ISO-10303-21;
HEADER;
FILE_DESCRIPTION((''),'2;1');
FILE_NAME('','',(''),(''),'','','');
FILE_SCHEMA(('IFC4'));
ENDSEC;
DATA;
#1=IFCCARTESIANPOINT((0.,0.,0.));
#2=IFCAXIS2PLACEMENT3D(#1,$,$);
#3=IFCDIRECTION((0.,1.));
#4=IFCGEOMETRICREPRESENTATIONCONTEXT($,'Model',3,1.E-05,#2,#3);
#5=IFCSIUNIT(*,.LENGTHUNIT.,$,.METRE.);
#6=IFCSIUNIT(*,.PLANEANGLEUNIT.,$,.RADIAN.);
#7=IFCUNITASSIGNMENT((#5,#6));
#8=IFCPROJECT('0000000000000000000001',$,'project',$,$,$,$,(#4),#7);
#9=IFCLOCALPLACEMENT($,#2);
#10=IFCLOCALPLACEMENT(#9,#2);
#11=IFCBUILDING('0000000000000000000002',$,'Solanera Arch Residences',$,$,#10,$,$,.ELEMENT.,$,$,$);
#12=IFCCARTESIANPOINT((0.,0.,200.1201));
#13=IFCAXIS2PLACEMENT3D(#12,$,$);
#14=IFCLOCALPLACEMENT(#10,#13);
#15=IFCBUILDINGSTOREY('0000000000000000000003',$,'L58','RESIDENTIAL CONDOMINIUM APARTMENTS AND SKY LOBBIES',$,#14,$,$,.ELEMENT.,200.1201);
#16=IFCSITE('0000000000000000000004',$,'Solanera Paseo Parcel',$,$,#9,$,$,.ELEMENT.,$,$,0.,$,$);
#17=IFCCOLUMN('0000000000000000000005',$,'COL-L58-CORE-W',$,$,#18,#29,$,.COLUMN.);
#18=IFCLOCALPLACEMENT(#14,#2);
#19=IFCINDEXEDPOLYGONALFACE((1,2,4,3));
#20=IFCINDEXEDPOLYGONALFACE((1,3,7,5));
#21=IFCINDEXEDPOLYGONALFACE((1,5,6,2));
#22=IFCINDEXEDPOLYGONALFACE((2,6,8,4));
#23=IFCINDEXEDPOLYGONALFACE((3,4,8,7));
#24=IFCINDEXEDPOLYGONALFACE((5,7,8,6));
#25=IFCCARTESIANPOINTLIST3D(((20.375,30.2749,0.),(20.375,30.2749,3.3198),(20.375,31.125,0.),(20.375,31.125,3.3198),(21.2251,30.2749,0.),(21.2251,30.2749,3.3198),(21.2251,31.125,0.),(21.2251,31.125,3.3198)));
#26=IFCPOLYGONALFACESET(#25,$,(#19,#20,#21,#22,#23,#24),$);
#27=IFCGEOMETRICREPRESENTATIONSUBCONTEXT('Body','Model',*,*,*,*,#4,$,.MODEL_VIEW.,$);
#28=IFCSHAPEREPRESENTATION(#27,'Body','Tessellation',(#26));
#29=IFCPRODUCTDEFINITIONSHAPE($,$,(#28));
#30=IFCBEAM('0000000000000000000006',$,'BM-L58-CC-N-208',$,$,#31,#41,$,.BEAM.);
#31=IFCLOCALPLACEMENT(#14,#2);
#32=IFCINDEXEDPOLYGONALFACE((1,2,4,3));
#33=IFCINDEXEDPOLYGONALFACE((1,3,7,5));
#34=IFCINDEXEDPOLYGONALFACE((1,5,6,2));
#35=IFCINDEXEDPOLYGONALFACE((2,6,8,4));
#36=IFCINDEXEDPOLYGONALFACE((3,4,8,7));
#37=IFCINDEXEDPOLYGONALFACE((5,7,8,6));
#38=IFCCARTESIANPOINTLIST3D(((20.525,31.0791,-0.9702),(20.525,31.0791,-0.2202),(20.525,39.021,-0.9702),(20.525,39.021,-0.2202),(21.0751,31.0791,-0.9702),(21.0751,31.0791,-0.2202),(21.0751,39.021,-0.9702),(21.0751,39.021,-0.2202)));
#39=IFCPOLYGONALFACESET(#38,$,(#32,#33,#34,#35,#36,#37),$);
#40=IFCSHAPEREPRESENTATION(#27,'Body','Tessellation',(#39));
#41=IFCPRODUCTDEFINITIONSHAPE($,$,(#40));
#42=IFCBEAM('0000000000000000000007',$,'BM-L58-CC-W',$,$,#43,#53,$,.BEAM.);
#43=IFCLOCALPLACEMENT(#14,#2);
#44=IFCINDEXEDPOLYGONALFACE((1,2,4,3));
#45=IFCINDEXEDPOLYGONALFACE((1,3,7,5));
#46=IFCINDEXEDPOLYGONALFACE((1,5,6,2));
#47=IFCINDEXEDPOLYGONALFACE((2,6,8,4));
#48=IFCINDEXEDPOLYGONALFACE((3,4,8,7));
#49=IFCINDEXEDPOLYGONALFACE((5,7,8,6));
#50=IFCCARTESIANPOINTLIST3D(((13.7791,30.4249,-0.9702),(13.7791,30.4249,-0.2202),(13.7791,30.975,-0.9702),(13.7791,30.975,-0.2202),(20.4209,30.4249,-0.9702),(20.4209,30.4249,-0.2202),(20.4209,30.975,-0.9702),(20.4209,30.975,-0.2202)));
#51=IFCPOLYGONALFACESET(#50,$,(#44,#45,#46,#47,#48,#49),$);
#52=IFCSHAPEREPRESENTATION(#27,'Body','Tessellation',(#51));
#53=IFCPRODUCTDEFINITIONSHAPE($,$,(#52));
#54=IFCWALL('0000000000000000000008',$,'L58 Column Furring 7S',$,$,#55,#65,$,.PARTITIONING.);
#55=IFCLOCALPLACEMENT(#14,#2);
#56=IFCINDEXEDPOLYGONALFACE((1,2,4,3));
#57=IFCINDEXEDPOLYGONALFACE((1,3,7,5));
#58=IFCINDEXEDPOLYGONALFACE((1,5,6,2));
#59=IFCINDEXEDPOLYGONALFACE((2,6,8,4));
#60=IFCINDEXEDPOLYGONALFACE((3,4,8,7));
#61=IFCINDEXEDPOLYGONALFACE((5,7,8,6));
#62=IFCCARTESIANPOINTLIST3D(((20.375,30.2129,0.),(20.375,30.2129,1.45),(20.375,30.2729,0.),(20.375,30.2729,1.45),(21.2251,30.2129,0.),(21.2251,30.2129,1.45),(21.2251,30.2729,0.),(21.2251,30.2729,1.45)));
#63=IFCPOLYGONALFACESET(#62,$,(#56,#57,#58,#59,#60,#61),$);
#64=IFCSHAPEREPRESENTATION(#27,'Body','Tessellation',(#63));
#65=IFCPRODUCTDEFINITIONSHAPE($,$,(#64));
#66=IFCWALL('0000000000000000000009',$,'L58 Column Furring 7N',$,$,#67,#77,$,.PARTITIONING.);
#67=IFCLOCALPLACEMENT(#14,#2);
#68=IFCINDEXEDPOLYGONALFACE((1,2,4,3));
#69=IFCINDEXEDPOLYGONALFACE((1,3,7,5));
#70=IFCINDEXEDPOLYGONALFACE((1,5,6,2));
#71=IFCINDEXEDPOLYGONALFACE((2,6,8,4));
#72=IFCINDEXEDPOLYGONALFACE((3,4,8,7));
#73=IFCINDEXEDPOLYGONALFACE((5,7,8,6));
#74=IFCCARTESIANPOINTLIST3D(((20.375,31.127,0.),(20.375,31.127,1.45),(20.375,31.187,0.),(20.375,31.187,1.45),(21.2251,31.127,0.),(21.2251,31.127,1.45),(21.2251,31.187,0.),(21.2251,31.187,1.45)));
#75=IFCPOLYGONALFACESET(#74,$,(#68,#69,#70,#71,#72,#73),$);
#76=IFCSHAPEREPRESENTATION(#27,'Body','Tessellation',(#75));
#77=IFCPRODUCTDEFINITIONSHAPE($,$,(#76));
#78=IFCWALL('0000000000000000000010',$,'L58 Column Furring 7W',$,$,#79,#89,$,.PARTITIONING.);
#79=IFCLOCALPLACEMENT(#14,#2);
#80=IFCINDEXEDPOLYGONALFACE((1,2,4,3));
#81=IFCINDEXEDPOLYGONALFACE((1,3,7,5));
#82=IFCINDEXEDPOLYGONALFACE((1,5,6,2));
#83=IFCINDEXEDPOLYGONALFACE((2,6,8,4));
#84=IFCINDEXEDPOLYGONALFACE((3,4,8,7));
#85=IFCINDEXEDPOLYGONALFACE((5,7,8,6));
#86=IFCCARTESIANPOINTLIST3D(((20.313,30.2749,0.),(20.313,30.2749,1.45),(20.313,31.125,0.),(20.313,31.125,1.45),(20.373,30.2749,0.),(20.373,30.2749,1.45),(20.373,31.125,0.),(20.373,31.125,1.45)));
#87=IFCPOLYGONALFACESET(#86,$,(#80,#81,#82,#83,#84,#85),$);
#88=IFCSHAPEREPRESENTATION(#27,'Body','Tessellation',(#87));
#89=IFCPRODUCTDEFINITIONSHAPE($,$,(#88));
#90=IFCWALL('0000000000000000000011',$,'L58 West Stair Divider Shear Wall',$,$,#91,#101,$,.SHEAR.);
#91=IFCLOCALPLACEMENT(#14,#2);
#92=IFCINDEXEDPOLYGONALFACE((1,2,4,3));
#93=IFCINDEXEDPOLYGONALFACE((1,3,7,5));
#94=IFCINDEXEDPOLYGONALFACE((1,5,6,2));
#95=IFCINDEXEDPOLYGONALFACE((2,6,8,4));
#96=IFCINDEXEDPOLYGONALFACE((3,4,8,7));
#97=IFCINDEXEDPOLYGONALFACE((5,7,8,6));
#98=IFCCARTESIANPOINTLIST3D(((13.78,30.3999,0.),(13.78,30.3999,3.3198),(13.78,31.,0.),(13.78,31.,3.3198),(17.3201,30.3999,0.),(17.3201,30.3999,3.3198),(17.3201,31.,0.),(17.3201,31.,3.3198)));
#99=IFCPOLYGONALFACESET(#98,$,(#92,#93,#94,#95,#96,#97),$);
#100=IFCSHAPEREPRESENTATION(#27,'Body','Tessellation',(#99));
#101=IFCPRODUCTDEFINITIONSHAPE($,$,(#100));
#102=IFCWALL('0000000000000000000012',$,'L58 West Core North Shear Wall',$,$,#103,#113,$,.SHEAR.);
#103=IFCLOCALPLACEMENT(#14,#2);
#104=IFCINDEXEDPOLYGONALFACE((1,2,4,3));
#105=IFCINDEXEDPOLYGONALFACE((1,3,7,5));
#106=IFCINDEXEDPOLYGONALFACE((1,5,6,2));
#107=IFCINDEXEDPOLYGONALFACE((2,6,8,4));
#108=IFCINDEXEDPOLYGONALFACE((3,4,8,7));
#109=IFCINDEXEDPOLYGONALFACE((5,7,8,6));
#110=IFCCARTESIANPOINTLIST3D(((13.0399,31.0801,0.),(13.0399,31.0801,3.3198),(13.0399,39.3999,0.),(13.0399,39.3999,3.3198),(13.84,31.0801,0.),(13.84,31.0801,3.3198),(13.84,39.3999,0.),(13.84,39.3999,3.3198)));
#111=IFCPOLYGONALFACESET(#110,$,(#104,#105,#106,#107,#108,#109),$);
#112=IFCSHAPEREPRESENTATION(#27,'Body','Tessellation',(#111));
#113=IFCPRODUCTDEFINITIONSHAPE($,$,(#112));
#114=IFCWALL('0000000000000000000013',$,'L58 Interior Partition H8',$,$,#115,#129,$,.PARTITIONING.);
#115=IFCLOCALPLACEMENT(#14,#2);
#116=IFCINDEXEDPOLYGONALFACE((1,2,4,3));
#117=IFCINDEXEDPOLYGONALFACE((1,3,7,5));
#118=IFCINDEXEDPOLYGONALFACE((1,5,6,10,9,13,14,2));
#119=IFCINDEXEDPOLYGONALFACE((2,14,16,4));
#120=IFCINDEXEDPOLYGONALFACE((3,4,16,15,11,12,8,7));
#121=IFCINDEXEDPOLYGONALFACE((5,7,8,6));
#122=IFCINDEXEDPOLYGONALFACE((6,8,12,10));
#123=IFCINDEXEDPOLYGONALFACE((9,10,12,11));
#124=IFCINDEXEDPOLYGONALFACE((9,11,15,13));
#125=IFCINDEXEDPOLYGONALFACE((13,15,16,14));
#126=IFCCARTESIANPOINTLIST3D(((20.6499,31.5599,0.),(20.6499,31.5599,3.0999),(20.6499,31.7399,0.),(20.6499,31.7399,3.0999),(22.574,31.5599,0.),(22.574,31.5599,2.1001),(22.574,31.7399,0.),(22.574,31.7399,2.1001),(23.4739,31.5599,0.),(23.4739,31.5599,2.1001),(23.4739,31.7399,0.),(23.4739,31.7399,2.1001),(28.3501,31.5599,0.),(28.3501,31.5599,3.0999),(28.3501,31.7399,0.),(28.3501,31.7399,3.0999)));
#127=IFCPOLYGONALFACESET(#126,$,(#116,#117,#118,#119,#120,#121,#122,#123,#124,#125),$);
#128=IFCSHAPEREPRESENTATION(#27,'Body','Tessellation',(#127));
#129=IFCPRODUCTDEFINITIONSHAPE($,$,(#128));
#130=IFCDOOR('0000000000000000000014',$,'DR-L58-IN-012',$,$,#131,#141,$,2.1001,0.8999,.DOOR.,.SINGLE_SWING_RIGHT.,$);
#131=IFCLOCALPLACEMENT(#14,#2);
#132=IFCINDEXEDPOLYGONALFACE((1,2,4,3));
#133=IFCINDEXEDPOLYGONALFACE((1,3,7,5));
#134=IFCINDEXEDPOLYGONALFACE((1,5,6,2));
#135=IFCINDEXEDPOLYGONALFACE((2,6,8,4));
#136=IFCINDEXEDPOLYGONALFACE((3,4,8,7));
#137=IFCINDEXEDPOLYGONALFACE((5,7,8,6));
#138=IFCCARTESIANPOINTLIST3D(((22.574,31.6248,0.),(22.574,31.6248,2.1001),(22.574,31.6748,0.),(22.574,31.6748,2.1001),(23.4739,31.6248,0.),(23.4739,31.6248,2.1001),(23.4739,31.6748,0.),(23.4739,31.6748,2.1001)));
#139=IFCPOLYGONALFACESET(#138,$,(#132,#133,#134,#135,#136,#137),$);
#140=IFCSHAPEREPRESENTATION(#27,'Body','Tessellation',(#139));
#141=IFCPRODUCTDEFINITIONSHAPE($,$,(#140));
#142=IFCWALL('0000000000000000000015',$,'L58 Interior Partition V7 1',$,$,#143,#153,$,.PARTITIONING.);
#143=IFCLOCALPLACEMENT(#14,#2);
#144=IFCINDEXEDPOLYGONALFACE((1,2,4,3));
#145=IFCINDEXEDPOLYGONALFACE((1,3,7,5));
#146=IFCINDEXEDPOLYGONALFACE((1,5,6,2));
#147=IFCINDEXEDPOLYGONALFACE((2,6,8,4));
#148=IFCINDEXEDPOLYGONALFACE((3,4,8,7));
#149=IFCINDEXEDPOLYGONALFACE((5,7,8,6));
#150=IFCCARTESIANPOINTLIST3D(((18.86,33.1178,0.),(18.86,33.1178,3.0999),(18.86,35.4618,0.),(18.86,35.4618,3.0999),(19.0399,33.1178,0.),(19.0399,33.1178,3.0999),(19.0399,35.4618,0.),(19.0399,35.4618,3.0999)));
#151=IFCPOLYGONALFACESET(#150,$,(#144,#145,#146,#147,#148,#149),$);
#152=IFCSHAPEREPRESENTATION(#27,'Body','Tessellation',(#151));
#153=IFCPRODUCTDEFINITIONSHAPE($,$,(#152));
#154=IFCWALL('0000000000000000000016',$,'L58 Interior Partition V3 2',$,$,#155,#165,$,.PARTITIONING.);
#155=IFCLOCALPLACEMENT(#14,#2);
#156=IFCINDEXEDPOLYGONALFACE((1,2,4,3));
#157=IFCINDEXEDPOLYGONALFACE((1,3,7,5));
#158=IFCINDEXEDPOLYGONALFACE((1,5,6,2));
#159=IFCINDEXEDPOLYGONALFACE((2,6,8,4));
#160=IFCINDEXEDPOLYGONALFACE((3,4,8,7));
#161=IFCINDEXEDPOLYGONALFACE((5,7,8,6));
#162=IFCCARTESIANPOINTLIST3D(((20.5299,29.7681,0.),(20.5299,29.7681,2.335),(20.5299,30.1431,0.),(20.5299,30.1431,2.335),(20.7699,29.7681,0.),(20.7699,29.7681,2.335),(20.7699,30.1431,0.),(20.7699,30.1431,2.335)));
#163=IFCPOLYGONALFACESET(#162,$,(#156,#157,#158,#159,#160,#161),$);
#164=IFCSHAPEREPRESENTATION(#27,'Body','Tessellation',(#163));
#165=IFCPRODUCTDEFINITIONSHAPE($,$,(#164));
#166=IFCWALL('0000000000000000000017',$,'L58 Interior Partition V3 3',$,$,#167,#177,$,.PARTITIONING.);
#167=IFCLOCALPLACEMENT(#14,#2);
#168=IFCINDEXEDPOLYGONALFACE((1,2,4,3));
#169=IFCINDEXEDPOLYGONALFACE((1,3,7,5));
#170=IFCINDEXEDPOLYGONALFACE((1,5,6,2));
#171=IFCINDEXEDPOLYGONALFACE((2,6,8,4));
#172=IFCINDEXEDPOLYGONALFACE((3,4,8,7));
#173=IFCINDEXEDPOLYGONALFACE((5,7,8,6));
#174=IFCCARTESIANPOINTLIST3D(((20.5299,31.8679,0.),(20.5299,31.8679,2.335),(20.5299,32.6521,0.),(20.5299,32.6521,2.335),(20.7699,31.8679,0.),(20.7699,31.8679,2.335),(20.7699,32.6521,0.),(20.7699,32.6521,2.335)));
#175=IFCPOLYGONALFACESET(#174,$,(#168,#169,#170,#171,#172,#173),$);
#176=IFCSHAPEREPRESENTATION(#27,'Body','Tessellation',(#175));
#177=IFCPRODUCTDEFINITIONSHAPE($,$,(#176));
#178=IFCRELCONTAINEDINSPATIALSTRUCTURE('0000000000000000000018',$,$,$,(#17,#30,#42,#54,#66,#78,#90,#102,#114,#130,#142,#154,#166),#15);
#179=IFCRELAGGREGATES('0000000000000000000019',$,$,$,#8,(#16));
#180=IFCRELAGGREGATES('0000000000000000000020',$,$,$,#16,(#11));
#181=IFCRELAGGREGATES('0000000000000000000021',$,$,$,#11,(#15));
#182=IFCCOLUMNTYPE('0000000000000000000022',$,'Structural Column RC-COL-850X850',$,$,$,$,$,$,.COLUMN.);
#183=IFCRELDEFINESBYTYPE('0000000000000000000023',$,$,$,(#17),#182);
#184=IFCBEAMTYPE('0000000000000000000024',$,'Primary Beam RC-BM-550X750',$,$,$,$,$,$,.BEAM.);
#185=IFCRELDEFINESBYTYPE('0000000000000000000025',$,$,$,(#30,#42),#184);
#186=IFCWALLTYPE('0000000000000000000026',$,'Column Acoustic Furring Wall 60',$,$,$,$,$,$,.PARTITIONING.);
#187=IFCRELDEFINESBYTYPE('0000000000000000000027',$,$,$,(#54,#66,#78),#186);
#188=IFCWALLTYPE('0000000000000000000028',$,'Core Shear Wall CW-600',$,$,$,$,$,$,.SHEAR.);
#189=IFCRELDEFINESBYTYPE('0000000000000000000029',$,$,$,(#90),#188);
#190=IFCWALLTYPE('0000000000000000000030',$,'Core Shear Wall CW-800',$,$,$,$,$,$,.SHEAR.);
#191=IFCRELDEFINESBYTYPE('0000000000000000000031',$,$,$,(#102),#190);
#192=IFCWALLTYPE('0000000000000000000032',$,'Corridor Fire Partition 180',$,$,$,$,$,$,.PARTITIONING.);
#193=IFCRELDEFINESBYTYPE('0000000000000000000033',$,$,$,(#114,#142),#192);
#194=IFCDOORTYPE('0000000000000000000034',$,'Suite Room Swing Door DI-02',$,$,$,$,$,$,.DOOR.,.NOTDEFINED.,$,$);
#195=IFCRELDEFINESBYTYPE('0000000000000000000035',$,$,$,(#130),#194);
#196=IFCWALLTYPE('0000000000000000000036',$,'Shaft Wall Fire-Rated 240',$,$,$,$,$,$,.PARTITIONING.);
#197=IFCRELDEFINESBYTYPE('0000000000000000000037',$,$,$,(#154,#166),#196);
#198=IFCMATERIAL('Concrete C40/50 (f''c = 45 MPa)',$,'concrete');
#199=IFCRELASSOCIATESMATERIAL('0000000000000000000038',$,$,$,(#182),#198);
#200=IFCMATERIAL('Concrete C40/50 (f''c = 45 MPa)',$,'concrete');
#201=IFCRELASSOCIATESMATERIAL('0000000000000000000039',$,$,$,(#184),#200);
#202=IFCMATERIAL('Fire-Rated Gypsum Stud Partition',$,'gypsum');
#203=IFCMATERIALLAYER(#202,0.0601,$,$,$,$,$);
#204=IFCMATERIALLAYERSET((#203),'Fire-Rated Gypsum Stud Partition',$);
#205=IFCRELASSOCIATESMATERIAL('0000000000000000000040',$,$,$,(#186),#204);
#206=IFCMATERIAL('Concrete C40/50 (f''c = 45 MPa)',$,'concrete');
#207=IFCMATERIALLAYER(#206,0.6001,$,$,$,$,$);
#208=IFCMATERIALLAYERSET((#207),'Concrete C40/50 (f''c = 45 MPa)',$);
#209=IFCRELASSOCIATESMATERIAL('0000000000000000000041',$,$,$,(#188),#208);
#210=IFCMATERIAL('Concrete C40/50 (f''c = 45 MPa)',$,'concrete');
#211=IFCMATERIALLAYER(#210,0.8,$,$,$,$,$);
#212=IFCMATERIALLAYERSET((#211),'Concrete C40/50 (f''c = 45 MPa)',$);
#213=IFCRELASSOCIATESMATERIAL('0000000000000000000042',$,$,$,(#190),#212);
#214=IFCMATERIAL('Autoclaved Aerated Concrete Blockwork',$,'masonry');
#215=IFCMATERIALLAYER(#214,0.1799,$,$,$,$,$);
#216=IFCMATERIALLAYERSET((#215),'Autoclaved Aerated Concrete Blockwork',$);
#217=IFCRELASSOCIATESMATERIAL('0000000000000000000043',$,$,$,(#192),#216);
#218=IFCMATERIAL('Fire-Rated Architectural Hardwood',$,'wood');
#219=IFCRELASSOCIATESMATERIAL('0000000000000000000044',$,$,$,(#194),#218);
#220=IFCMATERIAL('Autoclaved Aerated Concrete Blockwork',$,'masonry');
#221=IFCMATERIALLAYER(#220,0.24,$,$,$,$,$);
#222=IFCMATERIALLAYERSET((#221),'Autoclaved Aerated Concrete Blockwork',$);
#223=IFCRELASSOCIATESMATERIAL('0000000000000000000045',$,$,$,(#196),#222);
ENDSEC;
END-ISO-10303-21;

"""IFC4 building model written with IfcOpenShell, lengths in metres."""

from ifc_helpers import new_model, si_unit, direction, frame, frame_2d, origin, origin_2d, place, context, subcontext, project, spatial, rectangle, extrude, material, layer, layer_set, material_profile, profile_set, type_object, element, fill, save


model = new_model("IFC4")

# Units and contexts
model_context = context("Model", 3, precision=1e-05, world=origin(), true_north=direction((0.0, 1.0)))
body_context = subcontext(model_context, "Body", "Model", "MODEL_VIEW")
ifc_project = project(units=[si_unit("LENGTHUNIT", "METRE"), si_unit("PLANEANGLEUNIT", "RADIAN")], contexts=[model_context])

# Site, building, storey
site_placement = place(None, origin())
site = spatial("IfcSite", under=ifc_project, at=site_placement, Name="Solanera Paseo Parcel", CompositionType="ELEMENT", RefElevation=0.0)
building_placement = place(site_placement, origin())
building = spatial("IfcBuilding", under=site, at=building_placement, Name="Solanera Arch Residences", CompositionType="ELEMENT")
storey_placement = place(building_placement, frame((0.0, 0.0, 200.1201)))
storey = spatial("IfcBuildingStorey", under=building, at=storey_placement, Name="L58", Description="RESIDENTIAL CONDOMINIUM APARTMENTS AND SKY LOBBIES", CompositionType="ELEMENT", Elevation=200.1201)

# Column
ifc_material_1 = material(Name="Concrete C40/50 (f'c = 45 MPa)", Category="concrete")
ifc_material_profile_1 = material_profile(ifc_material_1, rectangle(XDim=0.8501, YDim=0.8501, at=origin_2d()))
ifc_profile_set_1 = profile_set([ifc_material_profile_1], Name="Concrete C40/50 (f'c = 45 MPa)")
column_type = type_object("IfcColumnType", Name="Structural Column RC-COL-850X850", PredefinedType="COLUMN", material=ifc_profile_set_1)
column_placement = place(storey_placement, frame((20.8, 30.7, 0.0), z_axis=(0.0, 0.0, 1.0), x_axis=(1.0, 0.0, 0.0)))
element("IfcColumn", 1, at=column_placement, inside=storey, type_object=column_type, Name="COL-L58-CORE-W", PredefinedType="COLUMN", context=body_context, shape_type="SweptSolid", body=[
    extrude(rectangle(XDim=0.8501, YDim=0.8501, at=origin_2d()), origin(), (0.0, 0.0, 1.0), 3.3198),
])

# Beams
ifc_material_2 = material(Name="Concrete C40/50 (f'c = 45 MPa)", Category="concrete")
ifc_material_profile_2 = material_profile(ifc_material_2, rectangle(XDim=0.55, YDim=0.75, at=origin_2d()))
ifc_profile_set_2 = profile_set([ifc_material_profile_2], Name="Concrete C40/50 (f'c = 45 MPa)")
beam_type = type_object("IfcBeamType", Name="Primary Beam RC-BM-550X750", PredefinedType="BEAM", material=ifc_profile_set_2)
beam_1_placement = place(storey_placement, frame((20.8, 31.0791, -0.5952), z_axis=(0.0, 1.0, 0.0), x_axis=(-1.0, 0.0, 0.0)))
element("IfcBeam", 2, at=beam_1_placement, inside=storey, type_object=beam_type, Name="BM-L58-CC-N-208", PredefinedType="BEAM", context=body_context, shape_type="SweptSolid", body=[
    extrude(rectangle(XDim=0.55, YDim=0.75, at=origin_2d()), origin(), (0.0, 0.0, 1.0), 7.9419),
])
beam_2_placement = place(storey_placement, frame((13.7791, 30.7, -0.5952), z_axis=(1.0, 0.0, 0.0), x_axis=(0.0, 1.0, 0.0)))
element("IfcBeam", 3, at=beam_2_placement, inside=storey, type_object=beam_type, Name="BM-L58-CC-W", PredefinedType="BEAM", context=body_context, shape_type="SweptSolid", body=[
    extrude(rectangle(XDim=0.55, YDim=0.75, at=origin_2d()), origin(), (0.0, 0.0, 1.0), 6.6418),
])

# Walls
ifc_material_3 = material(Name="Fire-Rated Gypsum Stud Partition", Category="gypsum")
ifc_layer_1 = layer(ifc_material_3, 0.0601)
ifc_layer_set_1 = layer_set([ifc_layer_1], Name="Fire-Rated Gypsum Stud Partition")
wall_type_1 = type_object("IfcWallType", Name="Column Acoustic Furring Wall 60", PredefinedType="PARTITIONING", material=ifc_layer_set_1)
for number, where, z_axis, x_axis, name in (
    (4, (20.375, 30.2429, 0.0), (0.0, 0.0, 1.0), (1.0, 0.0, 0.0), "L58 Column Furring 7S"),
    (5, (20.375, 31.157, 0.0), (0.0, 0.0, 1.0), (1.0, 0.0, 0.0), "L58 Column Furring 7N"),
    (6, (20.343, 30.2749, 0.0), (0.0, 0.0, 1.0), (0.0, 1.0, 0.0), "L58 Column Furring 7W"),
):
    element("IfcWall", number, at=place(storey_placement, frame(where, z_axis=z_axis, x_axis=x_axis)), inside=storey, type_object=wall_type_1, Name=name, PredefinedType="PARTITIONING", context=body_context, shape_type="SweptSolid", body=[
        extrude(rectangle(XDim=0.8501, YDim=0.0601, at=frame_2d((0.425, 0.0))), origin(), (0.0, 0.0, 1.0), 1.45),
    ])

# Walls
ifc_material_4 = material(Name="Concrete C40/50 (f'c = 45 MPa)", Category="concrete")
ifc_layer_2 = layer(ifc_material_4, 0.6001)
ifc_layer_set_2 = layer_set([ifc_layer_2], Name="Concrete C40/50 (f'c = 45 MPa)")
wall_type_2 = type_object("IfcWallType", Name="Core Shear Wall CW-600", PredefinedType="SHEAR", material=ifc_layer_set_2)
wall_1_placement = place(storey_placement, frame((13.78, 30.7, 0.0), z_axis=(0.0, 0.0, 1.0), x_axis=(1.0, 0.0, 0.0)))
element("IfcWall", 7, at=wall_1_placement, inside=storey, type_object=wall_type_2, Name="L58 West Stair Divider Shear Wall", PredefinedType="SHEAR", context=body_context, shape_type="SweptSolid", body=[
    extrude(rectangle(XDim=3.54, YDim=0.6001, at=frame_2d((1.77, 0.0))), origin(), (0.0, 0.0, 1.0), 3.3198),
])
ifc_material_5 = material(Name="Concrete C40/50 (f'c = 45 MPa)", Category="concrete")
ifc_layer_3 = layer(ifc_material_5, 0.8)
ifc_layer_set_3 = layer_set([ifc_layer_3], Name="Concrete C40/50 (f'c = 45 MPa)")
wall_type_3 = type_object("IfcWallType", Name="Core Shear Wall CW-800", PredefinedType="SHEAR", material=ifc_layer_set_3)
wall_2_placement = place(storey_placement, frame((13.4399, 31.0801, 0.0), z_axis=(0.0, 0.0, 1.0), x_axis=(0.0, 1.0, 0.0)))
element("IfcWall", 8, at=wall_2_placement, inside=storey, type_object=wall_type_3, Name="L58 West Core North Shear Wall", PredefinedType="SHEAR", context=body_context, shape_type="SweptSolid", body=[
    extrude(rectangle(XDim=8.3198, YDim=0.8, at=frame_2d((4.1599, 0.0))), origin(), (0.0, 0.0, 1.0), 3.3198),
])

# Wall, opening, door
ifc_material_6 = material(Name="Autoclaved Aerated Concrete Blockwork", Category="masonry")
ifc_layer_4 = layer(ifc_material_6, 0.1799)
ifc_layer_set_4 = layer_set([ifc_layer_4], Name="Autoclaved Aerated Concrete Blockwork")
wall_type_4 = type_object("IfcWallType", Name="Corridor Fire Partition 180", PredefinedType="PARTITIONING", material=ifc_layer_set_4)
wall_3_placement = place(storey_placement, frame((20.6499, 31.6499, 0.0), z_axis=(0.0, 0.0, 1.0), x_axis=(1.0, 0.0, 0.0)))
wall_3 = element("IfcWall", 9, at=wall_3_placement, inside=storey, type_object=wall_type_4, Name="L58 Interior Partition H8", PredefinedType="PARTITIONING", context=body_context, shape_type="SweptSolid", body=[
    extrude(rectangle(XDim=7.7002, YDim=0.1799, at=frame_2d((3.8501, 0.0))), origin(), (0.0, 0.0, 1.0), 3.0999),
])
opening_1_placement = place(wall_3_placement, frame((1.9241, 0.0, 0.0)))
opening_1 = element("IfcOpeningElement", 10, at=opening_1_placement, cuts=wall_3, PredefinedType="OPENING", context=body_context, shape_type="SweptSolid", body=[
    extrude(rectangle(XDim=0.8999, YDim=2.1001, at=frame_2d((0.45, 1.05))), frame((0.0, 0.1001, 0.0), z_axis=(0.0, -1.0, 0.0), x_axis=(1.0, 0.0, 0.0)), (0.0, 0.0, 1.0), 0.1999),
])
ifc_material_7 = material(Name="Fire-Rated Architectural Hardwood", Category="wood")
door_type_1 = type_object("IfcDoorType", Name="Suite Room Swing Door DI-02", OperationType="NOTDEFINED", PredefinedType="DOOR", material=ifc_material_7)
door_1_placement = place(opening_1_placement, origin())
door_1 = element("IfcDoor", 11, at=door_1_placement, inside=storey, type_object=door_type_1, Name="DR-L58-IN-012", OperationType="SINGLE_SWING_RIGHT", OverallHeight=2.1001, OverallWidth=0.8999, PredefinedType="DOOR", context=body_context, shape_type="SweptSolid", body=[
    extrude(rectangle(XDim=0.8999, YDim=2.1001, at=frame_2d((0.45, 1.05))), frame((0.0, 0.0249, 0.0), z_axis=(0.0, -1.0, 0.0), x_axis=(1.0, 0.0, 0.0)), (0.0, 0.0, 1.0), 0.05),
])
fill(opening_1, door_1)

# Wall
wall_4_placement = place(storey_placement, frame((18.95, 33.1179, 0.0), z_axis=(0.0, 0.0, 1.0), x_axis=(0.0, 1.0, 0.0)))
element("IfcWall", 12, at=wall_4_placement, inside=storey, type_object=wall_type_4, Name="L58 Interior Partition V7 1", PredefinedType="PARTITIONING", context=body_context, shape_type="SweptSolid", body=[
    extrude(rectangle(XDim=2.344, YDim=0.1799, at=frame_2d((1.1719, 0.0))), origin(), (0.0, 0.0, 1.0), 3.0999),
])

# Shared definitions
ifc_material_8 = material(Name="Autoclaved Aerated Concrete Blockwork", Category="masonry")
ifc_layer_5 = layer(ifc_material_8, 0.24)
ifc_layer_set_5 = layer_set([ifc_layer_5], Name="Autoclaved Aerated Concrete Blockwork")
wall_type_5 = type_object("IfcWallType", Name="Shaft Wall Fire-Rated 240", PredefinedType="PARTITIONING", material=ifc_layer_set_5)

# Walls
wall_5_placement = place(storey_placement, frame((20.6499, 29.7681, 0.0), z_axis=(0.0, 0.0, 1.0), x_axis=(0.0, 1.0, 0.0)))
element("IfcWall", 13, at=wall_5_placement, inside=storey, type_object=wall_type_5, Name="L58 Interior Partition V3 2", PredefinedType="PARTITIONING", context=body_context, shape_type="SweptSolid", body=[
    extrude(rectangle(XDim=0.375, YDim=0.24, at=frame_2d((0.1875, 0.0))), origin(), (0.0, 0.0, 1.0), 2.335),
])
wall_6_placement = place(storey_placement, frame((20.6499, 31.8679, 0.0), z_axis=(0.0, 0.0, 1.0), x_axis=(0.0, 1.0, 0.0)))
element("IfcWall", 14, at=wall_6_placement, inside=storey, type_object=wall_type_5, Name="L58 Interior Partition V3 3", PredefinedType="PARTITIONING", context=body_context, shape_type="SweptSolid", body=[
    extrude(rectangle(XDim=0.7842, YDim=0.24, at=frame_2d((0.3921, 0.0))), origin(), (0.0, 0.0, 1.0), 2.335),
])

save(model, "model.ifc")
